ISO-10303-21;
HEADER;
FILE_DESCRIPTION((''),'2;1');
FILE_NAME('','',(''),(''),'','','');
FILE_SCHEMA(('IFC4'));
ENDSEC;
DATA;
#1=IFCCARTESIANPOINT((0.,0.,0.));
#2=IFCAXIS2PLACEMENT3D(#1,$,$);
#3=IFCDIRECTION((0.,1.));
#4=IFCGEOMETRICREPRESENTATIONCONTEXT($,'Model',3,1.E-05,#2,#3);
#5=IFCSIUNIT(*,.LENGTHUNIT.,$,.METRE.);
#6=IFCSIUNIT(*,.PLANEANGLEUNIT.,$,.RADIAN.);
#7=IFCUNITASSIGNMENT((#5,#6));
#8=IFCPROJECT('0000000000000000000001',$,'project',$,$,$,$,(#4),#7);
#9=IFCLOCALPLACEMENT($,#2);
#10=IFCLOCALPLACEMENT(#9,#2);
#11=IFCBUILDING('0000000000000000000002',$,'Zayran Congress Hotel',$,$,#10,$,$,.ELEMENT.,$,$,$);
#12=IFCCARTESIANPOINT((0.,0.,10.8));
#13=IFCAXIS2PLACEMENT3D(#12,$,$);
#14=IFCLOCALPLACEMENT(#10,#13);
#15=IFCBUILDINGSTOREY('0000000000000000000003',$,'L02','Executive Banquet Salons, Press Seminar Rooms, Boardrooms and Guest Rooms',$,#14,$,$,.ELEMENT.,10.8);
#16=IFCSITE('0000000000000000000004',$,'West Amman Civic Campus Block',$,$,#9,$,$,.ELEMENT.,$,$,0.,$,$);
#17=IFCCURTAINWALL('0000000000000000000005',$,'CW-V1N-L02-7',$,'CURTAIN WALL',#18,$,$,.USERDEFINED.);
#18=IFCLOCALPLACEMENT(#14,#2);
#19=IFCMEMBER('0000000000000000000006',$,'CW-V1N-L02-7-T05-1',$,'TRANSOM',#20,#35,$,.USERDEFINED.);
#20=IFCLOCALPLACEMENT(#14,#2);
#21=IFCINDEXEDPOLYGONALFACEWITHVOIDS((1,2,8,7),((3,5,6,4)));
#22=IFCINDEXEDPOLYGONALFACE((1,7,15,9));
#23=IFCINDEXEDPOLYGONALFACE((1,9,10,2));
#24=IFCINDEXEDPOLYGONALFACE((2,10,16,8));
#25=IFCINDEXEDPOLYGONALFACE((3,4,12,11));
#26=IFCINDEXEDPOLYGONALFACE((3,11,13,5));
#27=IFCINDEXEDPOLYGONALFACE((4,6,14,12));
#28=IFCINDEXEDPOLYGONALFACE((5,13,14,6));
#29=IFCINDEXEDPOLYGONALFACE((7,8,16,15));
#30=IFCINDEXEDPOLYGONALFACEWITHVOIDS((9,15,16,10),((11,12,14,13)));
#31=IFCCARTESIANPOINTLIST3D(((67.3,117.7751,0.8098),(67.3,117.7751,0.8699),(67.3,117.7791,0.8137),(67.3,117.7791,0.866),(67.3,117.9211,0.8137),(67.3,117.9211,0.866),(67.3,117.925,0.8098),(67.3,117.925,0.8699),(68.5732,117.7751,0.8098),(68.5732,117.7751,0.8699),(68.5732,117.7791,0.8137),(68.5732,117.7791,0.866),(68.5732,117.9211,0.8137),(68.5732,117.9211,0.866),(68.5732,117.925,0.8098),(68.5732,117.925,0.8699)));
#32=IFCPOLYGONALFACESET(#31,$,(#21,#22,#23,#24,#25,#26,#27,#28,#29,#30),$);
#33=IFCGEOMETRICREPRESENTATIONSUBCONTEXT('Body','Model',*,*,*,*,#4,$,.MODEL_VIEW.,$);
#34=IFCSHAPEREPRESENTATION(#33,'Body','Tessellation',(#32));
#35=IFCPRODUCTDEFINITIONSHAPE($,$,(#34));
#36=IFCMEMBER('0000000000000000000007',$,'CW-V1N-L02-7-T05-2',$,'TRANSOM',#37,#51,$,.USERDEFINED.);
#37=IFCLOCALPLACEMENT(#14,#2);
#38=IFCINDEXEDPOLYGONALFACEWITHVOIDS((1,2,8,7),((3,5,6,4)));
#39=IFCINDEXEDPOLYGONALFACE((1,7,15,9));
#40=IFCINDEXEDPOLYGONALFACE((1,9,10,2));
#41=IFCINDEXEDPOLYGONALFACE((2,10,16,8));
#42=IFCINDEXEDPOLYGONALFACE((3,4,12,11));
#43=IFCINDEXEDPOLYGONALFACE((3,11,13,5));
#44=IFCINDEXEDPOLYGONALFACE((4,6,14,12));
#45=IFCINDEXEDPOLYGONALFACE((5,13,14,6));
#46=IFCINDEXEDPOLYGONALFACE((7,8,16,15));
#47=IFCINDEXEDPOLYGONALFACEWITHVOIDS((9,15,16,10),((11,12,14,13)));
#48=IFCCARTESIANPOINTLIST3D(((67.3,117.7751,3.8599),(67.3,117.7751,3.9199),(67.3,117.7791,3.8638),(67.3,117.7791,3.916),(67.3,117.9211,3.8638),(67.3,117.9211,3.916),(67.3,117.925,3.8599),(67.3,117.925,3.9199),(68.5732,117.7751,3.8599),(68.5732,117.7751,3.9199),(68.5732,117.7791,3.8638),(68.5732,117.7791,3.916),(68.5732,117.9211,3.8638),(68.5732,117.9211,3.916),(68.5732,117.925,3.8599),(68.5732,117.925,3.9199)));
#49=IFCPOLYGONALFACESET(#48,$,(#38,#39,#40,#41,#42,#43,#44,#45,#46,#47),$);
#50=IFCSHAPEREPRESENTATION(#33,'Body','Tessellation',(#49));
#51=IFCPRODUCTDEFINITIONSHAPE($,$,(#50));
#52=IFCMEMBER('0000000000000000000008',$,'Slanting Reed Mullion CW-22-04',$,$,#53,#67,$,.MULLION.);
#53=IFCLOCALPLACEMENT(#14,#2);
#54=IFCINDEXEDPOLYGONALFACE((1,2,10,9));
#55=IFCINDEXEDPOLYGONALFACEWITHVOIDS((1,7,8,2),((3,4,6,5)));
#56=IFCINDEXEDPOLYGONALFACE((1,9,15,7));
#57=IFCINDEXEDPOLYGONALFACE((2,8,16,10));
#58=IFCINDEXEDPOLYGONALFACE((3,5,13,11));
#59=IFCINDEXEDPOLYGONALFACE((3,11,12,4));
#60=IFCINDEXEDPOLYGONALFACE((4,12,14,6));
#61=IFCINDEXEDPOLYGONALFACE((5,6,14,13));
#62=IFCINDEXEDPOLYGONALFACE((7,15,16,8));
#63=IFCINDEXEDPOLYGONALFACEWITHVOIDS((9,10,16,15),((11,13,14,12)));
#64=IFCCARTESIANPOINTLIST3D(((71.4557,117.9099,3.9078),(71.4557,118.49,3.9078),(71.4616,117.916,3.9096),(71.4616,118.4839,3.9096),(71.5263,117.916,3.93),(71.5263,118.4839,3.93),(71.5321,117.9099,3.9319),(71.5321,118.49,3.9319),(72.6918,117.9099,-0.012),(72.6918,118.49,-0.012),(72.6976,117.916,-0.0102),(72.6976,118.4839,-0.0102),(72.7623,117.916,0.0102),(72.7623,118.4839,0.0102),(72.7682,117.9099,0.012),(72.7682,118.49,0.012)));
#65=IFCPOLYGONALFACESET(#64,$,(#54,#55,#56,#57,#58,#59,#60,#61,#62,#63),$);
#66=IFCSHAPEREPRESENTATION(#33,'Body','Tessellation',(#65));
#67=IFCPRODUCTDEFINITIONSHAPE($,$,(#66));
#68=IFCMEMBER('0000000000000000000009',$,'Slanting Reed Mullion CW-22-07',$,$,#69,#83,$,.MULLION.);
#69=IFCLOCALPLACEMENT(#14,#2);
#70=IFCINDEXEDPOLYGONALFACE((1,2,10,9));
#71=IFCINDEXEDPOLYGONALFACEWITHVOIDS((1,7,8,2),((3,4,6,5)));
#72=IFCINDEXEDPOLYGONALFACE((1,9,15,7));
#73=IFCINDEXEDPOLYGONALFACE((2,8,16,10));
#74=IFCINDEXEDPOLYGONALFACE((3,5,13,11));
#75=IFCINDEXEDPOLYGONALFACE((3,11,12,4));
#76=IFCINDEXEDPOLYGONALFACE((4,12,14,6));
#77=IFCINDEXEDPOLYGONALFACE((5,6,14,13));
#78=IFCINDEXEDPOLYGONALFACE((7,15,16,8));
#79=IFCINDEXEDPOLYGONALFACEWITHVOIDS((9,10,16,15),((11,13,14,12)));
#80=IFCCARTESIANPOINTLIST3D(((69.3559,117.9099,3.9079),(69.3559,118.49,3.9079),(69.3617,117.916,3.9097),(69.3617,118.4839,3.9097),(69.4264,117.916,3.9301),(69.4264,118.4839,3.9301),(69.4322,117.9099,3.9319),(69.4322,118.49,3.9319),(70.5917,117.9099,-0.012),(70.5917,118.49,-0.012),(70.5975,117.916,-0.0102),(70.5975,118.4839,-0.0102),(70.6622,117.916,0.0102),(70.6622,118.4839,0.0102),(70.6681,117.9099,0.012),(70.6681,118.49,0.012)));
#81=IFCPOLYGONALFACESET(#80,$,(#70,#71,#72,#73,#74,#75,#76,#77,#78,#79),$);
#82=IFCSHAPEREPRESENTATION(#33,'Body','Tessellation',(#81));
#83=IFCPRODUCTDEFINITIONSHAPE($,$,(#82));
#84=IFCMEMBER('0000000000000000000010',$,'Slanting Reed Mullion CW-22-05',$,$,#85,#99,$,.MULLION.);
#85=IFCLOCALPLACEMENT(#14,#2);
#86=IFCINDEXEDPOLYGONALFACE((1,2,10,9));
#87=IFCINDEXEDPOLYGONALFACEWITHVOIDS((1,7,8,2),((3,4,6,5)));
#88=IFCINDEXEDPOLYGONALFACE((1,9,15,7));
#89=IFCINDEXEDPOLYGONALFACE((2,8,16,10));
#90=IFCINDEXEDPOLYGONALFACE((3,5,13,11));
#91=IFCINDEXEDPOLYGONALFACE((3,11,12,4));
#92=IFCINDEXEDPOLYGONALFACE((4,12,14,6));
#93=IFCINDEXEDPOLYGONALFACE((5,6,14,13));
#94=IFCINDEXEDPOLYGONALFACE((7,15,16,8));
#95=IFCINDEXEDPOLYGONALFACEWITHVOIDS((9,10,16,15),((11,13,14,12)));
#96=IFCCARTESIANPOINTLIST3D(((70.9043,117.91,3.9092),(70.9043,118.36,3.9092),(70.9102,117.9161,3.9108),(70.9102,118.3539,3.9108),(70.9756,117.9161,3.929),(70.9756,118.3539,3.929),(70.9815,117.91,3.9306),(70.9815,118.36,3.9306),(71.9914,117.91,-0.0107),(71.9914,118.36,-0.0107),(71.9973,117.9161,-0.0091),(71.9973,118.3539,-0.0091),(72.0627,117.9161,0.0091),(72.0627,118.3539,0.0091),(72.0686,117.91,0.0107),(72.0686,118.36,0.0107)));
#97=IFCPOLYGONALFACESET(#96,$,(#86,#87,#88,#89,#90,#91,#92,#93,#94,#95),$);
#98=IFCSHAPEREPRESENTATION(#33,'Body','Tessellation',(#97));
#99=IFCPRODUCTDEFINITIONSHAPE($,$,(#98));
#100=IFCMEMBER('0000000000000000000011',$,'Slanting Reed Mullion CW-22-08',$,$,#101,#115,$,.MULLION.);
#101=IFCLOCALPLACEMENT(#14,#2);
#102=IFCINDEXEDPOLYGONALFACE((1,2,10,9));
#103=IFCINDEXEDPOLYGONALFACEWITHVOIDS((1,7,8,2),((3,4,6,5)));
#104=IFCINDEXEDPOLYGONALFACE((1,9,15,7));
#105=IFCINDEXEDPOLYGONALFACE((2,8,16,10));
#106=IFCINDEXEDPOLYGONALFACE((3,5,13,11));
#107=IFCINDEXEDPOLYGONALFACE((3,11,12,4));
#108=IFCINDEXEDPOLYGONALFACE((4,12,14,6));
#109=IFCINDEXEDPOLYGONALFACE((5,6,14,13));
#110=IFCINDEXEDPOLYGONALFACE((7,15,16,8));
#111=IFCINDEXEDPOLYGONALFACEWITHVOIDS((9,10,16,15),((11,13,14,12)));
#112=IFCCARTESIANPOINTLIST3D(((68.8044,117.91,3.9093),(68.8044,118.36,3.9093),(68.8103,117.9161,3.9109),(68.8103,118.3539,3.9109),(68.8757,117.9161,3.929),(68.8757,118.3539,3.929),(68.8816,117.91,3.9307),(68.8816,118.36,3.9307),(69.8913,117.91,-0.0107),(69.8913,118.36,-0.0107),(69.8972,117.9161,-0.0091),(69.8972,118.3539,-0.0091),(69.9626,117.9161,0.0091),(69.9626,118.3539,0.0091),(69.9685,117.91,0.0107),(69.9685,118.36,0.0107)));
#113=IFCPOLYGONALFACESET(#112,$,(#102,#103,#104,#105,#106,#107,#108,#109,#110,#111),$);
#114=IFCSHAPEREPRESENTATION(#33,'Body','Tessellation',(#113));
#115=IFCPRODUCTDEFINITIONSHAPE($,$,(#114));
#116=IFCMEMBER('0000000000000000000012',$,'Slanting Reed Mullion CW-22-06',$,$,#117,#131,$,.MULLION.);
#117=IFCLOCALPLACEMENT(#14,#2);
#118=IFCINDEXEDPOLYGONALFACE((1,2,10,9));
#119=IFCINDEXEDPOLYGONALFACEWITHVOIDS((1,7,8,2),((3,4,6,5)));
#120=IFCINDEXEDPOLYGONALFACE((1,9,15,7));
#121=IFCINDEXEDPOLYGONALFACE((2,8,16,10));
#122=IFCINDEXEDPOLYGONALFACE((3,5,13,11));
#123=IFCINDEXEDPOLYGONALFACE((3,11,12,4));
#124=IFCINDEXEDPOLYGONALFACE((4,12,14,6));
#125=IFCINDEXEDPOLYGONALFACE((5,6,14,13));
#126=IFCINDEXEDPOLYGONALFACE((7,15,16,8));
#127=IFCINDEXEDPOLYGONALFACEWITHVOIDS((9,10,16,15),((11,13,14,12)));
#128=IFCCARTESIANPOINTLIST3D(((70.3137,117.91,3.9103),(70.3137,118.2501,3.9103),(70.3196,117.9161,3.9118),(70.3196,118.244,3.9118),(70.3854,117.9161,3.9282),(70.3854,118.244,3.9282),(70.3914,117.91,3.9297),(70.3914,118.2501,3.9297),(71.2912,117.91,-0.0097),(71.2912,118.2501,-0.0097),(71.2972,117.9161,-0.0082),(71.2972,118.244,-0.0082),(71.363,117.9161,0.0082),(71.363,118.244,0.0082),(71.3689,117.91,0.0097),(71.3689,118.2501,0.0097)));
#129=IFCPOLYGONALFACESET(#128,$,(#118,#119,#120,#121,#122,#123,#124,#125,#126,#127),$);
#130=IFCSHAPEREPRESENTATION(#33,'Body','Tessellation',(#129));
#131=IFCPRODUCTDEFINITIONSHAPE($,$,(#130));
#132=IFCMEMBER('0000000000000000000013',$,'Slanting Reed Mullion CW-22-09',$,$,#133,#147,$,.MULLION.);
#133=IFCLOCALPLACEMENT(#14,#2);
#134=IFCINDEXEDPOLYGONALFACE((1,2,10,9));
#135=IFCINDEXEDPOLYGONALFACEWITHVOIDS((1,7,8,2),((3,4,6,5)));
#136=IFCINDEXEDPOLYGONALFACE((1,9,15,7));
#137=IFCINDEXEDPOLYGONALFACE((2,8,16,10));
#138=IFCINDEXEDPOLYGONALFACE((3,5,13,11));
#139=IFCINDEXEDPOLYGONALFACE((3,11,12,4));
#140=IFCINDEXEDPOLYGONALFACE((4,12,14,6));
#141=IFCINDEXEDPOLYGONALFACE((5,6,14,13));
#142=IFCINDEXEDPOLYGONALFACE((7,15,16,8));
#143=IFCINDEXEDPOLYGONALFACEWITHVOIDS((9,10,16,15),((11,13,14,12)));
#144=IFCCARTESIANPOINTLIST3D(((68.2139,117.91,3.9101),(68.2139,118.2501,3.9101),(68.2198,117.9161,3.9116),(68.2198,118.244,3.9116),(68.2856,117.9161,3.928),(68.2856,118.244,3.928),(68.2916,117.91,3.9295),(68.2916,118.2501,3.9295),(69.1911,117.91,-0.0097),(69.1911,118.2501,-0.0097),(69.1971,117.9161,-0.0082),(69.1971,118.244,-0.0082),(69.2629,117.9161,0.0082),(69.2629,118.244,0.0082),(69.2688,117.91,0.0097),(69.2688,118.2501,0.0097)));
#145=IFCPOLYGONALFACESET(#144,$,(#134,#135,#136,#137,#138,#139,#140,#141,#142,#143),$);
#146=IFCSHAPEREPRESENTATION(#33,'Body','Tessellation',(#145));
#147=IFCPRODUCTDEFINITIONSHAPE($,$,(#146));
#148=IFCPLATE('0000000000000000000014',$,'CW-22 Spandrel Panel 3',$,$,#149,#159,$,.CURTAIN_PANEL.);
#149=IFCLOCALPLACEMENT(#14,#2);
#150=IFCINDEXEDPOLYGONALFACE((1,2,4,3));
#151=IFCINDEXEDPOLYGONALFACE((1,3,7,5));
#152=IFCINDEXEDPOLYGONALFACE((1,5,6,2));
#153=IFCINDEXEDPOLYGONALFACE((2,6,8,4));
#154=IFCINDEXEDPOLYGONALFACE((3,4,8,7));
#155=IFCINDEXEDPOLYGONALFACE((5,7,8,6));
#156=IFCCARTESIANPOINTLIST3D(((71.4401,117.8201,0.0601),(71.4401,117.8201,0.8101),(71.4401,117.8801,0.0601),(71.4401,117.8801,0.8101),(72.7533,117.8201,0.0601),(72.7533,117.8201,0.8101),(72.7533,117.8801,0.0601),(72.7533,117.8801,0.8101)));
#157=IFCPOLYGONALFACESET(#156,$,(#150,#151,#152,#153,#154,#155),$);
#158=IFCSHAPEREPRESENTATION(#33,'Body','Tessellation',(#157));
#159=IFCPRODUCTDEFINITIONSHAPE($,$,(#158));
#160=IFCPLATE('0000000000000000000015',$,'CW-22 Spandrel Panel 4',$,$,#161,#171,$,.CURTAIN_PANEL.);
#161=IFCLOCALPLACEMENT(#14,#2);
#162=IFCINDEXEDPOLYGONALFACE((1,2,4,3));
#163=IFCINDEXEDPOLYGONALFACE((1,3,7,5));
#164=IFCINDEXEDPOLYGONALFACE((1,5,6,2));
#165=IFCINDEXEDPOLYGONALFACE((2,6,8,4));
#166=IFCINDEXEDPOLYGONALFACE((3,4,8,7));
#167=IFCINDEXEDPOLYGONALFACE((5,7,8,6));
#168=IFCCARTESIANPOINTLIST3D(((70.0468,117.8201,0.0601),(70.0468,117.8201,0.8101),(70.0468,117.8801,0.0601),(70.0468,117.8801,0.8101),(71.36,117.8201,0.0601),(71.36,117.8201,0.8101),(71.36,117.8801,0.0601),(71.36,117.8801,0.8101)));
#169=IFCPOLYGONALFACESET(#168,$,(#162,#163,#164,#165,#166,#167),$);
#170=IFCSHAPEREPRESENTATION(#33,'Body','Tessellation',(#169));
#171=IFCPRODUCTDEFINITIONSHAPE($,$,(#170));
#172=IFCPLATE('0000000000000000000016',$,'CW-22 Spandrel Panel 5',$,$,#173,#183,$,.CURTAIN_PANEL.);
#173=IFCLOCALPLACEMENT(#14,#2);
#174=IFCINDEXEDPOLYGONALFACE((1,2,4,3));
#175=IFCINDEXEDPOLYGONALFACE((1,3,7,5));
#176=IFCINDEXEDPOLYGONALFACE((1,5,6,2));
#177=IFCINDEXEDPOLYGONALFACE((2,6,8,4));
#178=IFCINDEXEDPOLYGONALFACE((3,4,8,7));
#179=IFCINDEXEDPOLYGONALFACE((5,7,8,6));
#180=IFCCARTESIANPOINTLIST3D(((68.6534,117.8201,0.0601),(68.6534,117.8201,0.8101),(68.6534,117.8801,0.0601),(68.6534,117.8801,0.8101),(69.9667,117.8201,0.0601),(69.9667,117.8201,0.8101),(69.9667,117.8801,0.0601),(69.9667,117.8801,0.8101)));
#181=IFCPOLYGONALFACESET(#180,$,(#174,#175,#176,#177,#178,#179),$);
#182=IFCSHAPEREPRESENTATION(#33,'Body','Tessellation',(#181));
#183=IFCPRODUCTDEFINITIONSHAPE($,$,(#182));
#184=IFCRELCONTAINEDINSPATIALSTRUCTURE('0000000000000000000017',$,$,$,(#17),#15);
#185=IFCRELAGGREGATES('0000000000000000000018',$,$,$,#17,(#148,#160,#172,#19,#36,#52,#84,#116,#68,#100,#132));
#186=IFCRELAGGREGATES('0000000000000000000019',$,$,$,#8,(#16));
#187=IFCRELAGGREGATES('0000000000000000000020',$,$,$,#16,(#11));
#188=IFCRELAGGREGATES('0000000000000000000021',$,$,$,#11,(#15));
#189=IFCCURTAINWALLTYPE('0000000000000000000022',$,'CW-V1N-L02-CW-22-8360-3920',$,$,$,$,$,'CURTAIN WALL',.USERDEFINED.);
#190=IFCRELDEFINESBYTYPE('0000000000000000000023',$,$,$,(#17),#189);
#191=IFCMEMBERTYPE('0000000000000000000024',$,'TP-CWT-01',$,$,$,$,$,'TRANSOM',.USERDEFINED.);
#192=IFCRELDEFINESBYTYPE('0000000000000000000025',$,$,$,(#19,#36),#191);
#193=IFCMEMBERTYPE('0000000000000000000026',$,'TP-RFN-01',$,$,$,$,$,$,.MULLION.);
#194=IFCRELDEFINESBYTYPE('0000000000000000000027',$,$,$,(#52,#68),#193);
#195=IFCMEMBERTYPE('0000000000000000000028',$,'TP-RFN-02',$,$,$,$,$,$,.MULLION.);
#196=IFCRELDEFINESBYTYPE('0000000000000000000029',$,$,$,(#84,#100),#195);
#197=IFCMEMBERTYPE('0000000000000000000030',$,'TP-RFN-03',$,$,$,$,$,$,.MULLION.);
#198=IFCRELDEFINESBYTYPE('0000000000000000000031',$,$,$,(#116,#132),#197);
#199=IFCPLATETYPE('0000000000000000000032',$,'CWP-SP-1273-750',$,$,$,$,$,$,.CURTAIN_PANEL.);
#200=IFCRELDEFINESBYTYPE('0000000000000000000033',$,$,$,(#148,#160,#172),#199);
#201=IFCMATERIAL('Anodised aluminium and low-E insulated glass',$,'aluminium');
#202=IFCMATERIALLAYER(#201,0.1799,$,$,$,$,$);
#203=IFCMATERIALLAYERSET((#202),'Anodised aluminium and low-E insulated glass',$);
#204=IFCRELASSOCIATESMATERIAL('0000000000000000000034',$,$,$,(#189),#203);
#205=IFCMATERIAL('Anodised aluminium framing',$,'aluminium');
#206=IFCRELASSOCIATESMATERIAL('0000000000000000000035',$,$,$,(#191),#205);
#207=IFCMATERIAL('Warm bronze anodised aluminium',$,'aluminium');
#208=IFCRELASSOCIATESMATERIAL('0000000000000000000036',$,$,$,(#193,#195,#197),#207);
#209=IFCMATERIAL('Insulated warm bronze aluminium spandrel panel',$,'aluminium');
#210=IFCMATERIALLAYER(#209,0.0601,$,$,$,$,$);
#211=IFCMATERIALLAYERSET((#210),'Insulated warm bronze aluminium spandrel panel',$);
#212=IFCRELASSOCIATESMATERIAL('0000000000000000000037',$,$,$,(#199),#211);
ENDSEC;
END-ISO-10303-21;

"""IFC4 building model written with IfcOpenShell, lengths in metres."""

from ifc_helpers import new_model, si_unit, direction, frame, origin, origin_2d, place, context, subcontext, project, spatial, rectangle, hollow_rectangle, extrude, material, layer, layer_set, material_profile, profile_set, type_object, element, aggregate, save


model = new_model("IFC4")

# Units and contexts
model_context = context("Model", 3, precision=1e-05, world=origin(), true_north=direction((0.0, 1.0)))
body_context = subcontext(model_context, "Body", "Model", "MODEL_VIEW")
ifc_project = project(units=[si_unit("LENGTHUNIT", "METRE"), si_unit("PLANEANGLEUNIT", "RADIAN")], contexts=[model_context])

# Site, building, storey
site_placement = place(None, origin())
site = spatial("IfcSite", under=ifc_project, at=site_placement, Name="West Amman Civic Campus Block", CompositionType="ELEMENT", RefElevation=0.0)
building_placement = place(site_placement, origin())
building = spatial("IfcBuilding", under=site, at=building_placement, Name="Zayran Congress Hotel", CompositionType="ELEMENT")
storey_placement = place(building_placement, frame((0.0, 0.0, 10.8)))
storey = spatial("IfcBuildingStorey", under=building, at=storey_placement, Name="L02", Description="Executive Banquet Salons, Press Seminar Rooms, Boardrooms and Guest Rooms", CompositionType="ELEMENT", Elevation=10.8)

# Curtain wall, members, plates
ifc_material_1 = material(Name="Anodised aluminium and low-E insulated glass", Category="aluminium")
ifc_layer_1 = layer(ifc_material_1, 0.1799)
ifc_layer_set_1 = layer_set([ifc_layer_1], Name="Anodised aluminium and low-E insulated glass")
curtain_wall_type = type_object("IfcCurtainWallType", Name="CW-V1N-L02-CW-22-8360-3920", ElementType="CURTAIN WALL", PredefinedType="USERDEFINED", material=ifc_layer_set_1)
curtain_wall_placement = place(storey_placement, origin())
curtain_wall = element("IfcCurtainWall", 1, at=curtain_wall_placement, inside=storey, type_object=curtain_wall_type, Name="CW-V1N-L02-7", ObjectType="CURTAIN WALL", PredefinedType="USERDEFINED")
ifc_material_2 = material(Name="Anodised aluminium framing", Category="aluminium")
ifc_material_profile_1 = material_profile(ifc_material_2, hollow_rectangle(XDim=0.0601, YDim=0.1499, WallThickness=0.0039, at=origin_2d()), Name="RHS 150x60x4")
ifc_profile_set_1 = profile_set([ifc_material_profile_1], Name="Anodised aluminium framing")
member_type_1 = type_object("IfcMemberType", Name="TP-CWT-01", ElementType="TRANSOM", PredefinedType="USERDEFINED", material=ifc_profile_set_1)
member_1_placement = place(storey_placement, frame((68.5732, 117.8501, 0.8398), z_axis=(-1.0, 0.0, 0.0), x_axis=(0.0, 0.0, 1.0)))
member_1 = element("IfcMember", 2, at=member_1_placement, type_object=member_type_1, Name="CW-V1N-L02-7-T05-1", ObjectType="TRANSOM", PredefinedType="USERDEFINED", context=body_context, shape_type="SweptSolid", body=[
    extrude(hollow_rectangle(XDim=0.0601, YDim=0.1499, WallThickness=0.0039, at=origin_2d()), origin(), (0.0, 0.0, 1.0), 1.2732),
])
member_2_placement = place(storey_placement, frame((68.5732, 117.8501, 3.8899), z_axis=(-1.0, 0.0, 0.0), x_axis=(0.0, 0.0, 1.0)))
member_2 = element("IfcMember", 3, at=member_2_placement, type_object=member_type_1, Name="CW-V1N-L02-7-T05-2", ObjectType="TRANSOM", PredefinedType="USERDEFINED", context=body_context, shape_type="SweptSolid", body=[
    extrude(hollow_rectangle(XDim=0.0601, YDim=0.1499, WallThickness=0.0039, at=origin_2d()), origin(), (0.0, 0.0, 1.0), 1.2732),
])
ifc_material_3 = material(Name="Warm bronze anodised aluminium", Category="aluminium")
ifc_material_profile_2 = material_profile(ifc_material_3, hollow_rectangle(XDim=0.0801, YDim=0.5801, WallThickness=0.0061, at=origin_2d()), Name="RHS 580x80x6")
ifc_profile_set_2 = profile_set([ifc_material_profile_2], Name="Warm bronze anodised aluminium")
member_type_2 = type_object("IfcMemberType", Name="TP-RFN-01", PredefinedType="MULLION", material=ifc_profile_set_2)
member_3_placement = place(storey_placement, frame((72.73, 118.2, 0.0), z_axis=(-0.300736, 0.0, 0.953707), x_axis=(0.953707, 0.0, 0.300736)))
member_3 = element("IfcMember", 4, at=member_3_placement, type_object=member_type_2, Name="Slanting Reed Mullion CW-22-04", PredefinedType="MULLION", context=body_context, shape_type="SweptSolid", body=[
    extrude(hollow_rectangle(XDim=0.0801, YDim=0.5801, WallThickness=0.0061, at=origin_2d()), origin(), (0.0, 0.0, 1.0), 4.1101),
])
member_4_placement = place(storey_placement, frame((70.6299, 118.2, 0.0), z_axis=(-0.300682, 0.0, 0.953724), x_axis=(0.953724, 0.0, 0.300682)))
member_4 = element("IfcMember", 5, at=member_4_placement, type_object=member_type_2, Name="Slanting Reed Mullion CW-22-07", PredefinedType="MULLION", context=body_context, shape_type="SweptSolid", body=[
    extrude(hollow_rectangle(XDim=0.0801, YDim=0.5801, WallThickness=0.0061, at=origin_2d()), origin(), (0.0, 0.0, 1.0), 4.1101),
])
ifc_material_profile_3 = material_profile(ifc_material_3, hollow_rectangle(XDim=0.0801, YDim=0.45, WallThickness=0.0061, at=origin_2d()), Name="RHS 450x80x6")
ifc_profile_set_3 = profile_set([ifc_material_profile_3], Name="Warm bronze anodised aluminium")
member_type_3 = type_object("IfcMemberType", Name="TP-RFN-02", PredefinedType="MULLION", material=ifc_profile_set_3)
member_5_placement = place(storey_placement, frame((72.03, 118.135, 0.0), z_axis=(-0.267254, 0.0, 0.963626), x_axis=(0.963626, 0.0, 0.267254)))
member_5 = element("IfcMember", 6, at=member_5_placement, type_object=member_type_3, Name="Slanting Reed Mullion CW-22-05", PredefinedType="MULLION", context=body_context, shape_type="SweptSolid", body=[
    extrude(hollow_rectangle(XDim=0.0801, YDim=0.45, WallThickness=0.0061, at=origin_2d()), origin(), (0.0, 0.0, 1.0), 4.0679),
])
member_6_placement = place(storey_placement, frame((69.9299, 118.135, 0.0), z_axis=(-0.267198, 0.0, 0.963642), x_axis=(0.963642, 0.0, 0.267198)))
member_6 = element("IfcMember", 7, at=member_6_placement, type_object=member_type_3, Name="Slanting Reed Mullion CW-22-08", PredefinedType="MULLION", context=body_context, shape_type="SweptSolid", body=[
    extrude(hollow_rectangle(XDim=0.0801, YDim=0.45, WallThickness=0.0061, at=origin_2d()), origin(), (0.0, 0.0, 1.0), 4.0679),
])
ifc_material_profile_4 = material_profile(ifc_material_3, hollow_rectangle(XDim=0.0801, YDim=0.3401, WallThickness=0.0061, at=origin_2d()), Name="RHS 340x80x6")
ifc_profile_set_4 = profile_set([ifc_material_profile_4], Name="Warm bronze anodised aluminium")
member_type_4 = type_object("IfcMemberType", Name="TP-RFN-03", PredefinedType="MULLION", material=ifc_profile_set_4)
member_7_placement = place(storey_placement, frame((71.3301, 118.0801, 0.0), z_axis=(-0.241967, 0.0, 0.970285), x_axis=(0.970285, 0.0, 0.241967)))
member_7 = element("IfcMember", 8, at=member_7_placement, type_object=member_type_4, Name="Slanting Reed Mullion CW-22-06", PredefinedType="MULLION", context=body_context, shape_type="SweptSolid", body=[
    extrude(hollow_rectangle(XDim=0.0801, YDim=0.3401, WallThickness=0.0061, at=origin_2d()), origin(), (0.0, 0.0, 1.0), 4.04),
])
member_8_placement = place(storey_placement, frame((69.23, 118.0801, 0.0), z_axis=(-0.24191, 0.0, 0.970299), x_axis=(0.970299, 0.0, 0.24191)))
member_8 = element("IfcMember", 9, at=member_8_placement, type_object=member_type_4, Name="Slanting Reed Mullion CW-22-09", PredefinedType="MULLION", context=body_context, shape_type="SweptSolid", body=[
    extrude(hollow_rectangle(XDim=0.0801, YDim=0.3401, WallThickness=0.0061, at=origin_2d()), origin(), (0.0, 0.0, 1.0), 4.0398),
])
ifc_material_4 = material(Name="Insulated warm bronze aluminium spandrel panel", Category="aluminium")
ifc_layer_2 = layer(ifc_material_4, 0.0601)
ifc_layer_set_2 = layer_set([ifc_layer_2], Name="Insulated warm bronze aluminium spandrel panel")
plate_type_1 = type_object("IfcPlateType", Name="CWP-SP-1273-750", PredefinedType="CURTAIN_PANEL", material=ifc_layer_set_2)
plate_1_placement = place(storey_placement, frame((72.0967, 117.8501, 0.0601), z_axis=(0.0, 0.0, 1.0), x_axis=(1.0, 0.0, 0.0)))
plate_1 = element("IfcPlate", 10, at=plate_1_placement, type_object=plate_type_1, Name="CW-22 Spandrel Panel 3", PredefinedType="CURTAIN_PANEL", context=body_context, shape_type="SweptSolid", body=[
    extrude(rectangle(XDim=1.3132, YDim=0.0601, at=origin_2d()), origin(), (0.0, 0.0, 1.0), 0.75),
])
plate_2_placement = place(storey_placement, frame((70.7034, 117.8501, 0.0601), z_axis=(0.0, 0.0, 1.0), x_axis=(1.0, 0.0, 0.0)))
plate_2 = element("IfcPlate", 11, at=plate_2_placement, type_object=plate_type_1, Name="CW-22 Spandrel Panel 4", PredefinedType="CURTAIN_PANEL", context=body_context, shape_type="SweptSolid", body=[
    extrude(rectangle(XDim=1.3132, YDim=0.0601, at=origin_2d()), origin(), (0.0, 0.0, 1.0), 0.75),
])
plate_3_placement = place(storey_placement, frame((69.3101, 117.8501, 0.0601), z_axis=(0.0, 0.0, 1.0), x_axis=(1.0, 0.0, 0.0)))
plate_3 = element("IfcPlate", 12, at=plate_3_placement, type_object=plate_type_1, Name="CW-22 Spandrel Panel 5", PredefinedType="CURTAIN_PANEL", context=body_context, shape_type="SweptSolid", body=[
    extrude(rectangle(XDim=1.3132, YDim=0.0601, at=origin_2d()), origin(), (0.0, 0.0, 1.0), 0.75),
])
aggregate(curtain_wall, [plate_1, plate_2, plate_3, member_1, member_2, member_3, member_5, member_7, member_4, member_6, member_8])

save(model, "model.ifc")
